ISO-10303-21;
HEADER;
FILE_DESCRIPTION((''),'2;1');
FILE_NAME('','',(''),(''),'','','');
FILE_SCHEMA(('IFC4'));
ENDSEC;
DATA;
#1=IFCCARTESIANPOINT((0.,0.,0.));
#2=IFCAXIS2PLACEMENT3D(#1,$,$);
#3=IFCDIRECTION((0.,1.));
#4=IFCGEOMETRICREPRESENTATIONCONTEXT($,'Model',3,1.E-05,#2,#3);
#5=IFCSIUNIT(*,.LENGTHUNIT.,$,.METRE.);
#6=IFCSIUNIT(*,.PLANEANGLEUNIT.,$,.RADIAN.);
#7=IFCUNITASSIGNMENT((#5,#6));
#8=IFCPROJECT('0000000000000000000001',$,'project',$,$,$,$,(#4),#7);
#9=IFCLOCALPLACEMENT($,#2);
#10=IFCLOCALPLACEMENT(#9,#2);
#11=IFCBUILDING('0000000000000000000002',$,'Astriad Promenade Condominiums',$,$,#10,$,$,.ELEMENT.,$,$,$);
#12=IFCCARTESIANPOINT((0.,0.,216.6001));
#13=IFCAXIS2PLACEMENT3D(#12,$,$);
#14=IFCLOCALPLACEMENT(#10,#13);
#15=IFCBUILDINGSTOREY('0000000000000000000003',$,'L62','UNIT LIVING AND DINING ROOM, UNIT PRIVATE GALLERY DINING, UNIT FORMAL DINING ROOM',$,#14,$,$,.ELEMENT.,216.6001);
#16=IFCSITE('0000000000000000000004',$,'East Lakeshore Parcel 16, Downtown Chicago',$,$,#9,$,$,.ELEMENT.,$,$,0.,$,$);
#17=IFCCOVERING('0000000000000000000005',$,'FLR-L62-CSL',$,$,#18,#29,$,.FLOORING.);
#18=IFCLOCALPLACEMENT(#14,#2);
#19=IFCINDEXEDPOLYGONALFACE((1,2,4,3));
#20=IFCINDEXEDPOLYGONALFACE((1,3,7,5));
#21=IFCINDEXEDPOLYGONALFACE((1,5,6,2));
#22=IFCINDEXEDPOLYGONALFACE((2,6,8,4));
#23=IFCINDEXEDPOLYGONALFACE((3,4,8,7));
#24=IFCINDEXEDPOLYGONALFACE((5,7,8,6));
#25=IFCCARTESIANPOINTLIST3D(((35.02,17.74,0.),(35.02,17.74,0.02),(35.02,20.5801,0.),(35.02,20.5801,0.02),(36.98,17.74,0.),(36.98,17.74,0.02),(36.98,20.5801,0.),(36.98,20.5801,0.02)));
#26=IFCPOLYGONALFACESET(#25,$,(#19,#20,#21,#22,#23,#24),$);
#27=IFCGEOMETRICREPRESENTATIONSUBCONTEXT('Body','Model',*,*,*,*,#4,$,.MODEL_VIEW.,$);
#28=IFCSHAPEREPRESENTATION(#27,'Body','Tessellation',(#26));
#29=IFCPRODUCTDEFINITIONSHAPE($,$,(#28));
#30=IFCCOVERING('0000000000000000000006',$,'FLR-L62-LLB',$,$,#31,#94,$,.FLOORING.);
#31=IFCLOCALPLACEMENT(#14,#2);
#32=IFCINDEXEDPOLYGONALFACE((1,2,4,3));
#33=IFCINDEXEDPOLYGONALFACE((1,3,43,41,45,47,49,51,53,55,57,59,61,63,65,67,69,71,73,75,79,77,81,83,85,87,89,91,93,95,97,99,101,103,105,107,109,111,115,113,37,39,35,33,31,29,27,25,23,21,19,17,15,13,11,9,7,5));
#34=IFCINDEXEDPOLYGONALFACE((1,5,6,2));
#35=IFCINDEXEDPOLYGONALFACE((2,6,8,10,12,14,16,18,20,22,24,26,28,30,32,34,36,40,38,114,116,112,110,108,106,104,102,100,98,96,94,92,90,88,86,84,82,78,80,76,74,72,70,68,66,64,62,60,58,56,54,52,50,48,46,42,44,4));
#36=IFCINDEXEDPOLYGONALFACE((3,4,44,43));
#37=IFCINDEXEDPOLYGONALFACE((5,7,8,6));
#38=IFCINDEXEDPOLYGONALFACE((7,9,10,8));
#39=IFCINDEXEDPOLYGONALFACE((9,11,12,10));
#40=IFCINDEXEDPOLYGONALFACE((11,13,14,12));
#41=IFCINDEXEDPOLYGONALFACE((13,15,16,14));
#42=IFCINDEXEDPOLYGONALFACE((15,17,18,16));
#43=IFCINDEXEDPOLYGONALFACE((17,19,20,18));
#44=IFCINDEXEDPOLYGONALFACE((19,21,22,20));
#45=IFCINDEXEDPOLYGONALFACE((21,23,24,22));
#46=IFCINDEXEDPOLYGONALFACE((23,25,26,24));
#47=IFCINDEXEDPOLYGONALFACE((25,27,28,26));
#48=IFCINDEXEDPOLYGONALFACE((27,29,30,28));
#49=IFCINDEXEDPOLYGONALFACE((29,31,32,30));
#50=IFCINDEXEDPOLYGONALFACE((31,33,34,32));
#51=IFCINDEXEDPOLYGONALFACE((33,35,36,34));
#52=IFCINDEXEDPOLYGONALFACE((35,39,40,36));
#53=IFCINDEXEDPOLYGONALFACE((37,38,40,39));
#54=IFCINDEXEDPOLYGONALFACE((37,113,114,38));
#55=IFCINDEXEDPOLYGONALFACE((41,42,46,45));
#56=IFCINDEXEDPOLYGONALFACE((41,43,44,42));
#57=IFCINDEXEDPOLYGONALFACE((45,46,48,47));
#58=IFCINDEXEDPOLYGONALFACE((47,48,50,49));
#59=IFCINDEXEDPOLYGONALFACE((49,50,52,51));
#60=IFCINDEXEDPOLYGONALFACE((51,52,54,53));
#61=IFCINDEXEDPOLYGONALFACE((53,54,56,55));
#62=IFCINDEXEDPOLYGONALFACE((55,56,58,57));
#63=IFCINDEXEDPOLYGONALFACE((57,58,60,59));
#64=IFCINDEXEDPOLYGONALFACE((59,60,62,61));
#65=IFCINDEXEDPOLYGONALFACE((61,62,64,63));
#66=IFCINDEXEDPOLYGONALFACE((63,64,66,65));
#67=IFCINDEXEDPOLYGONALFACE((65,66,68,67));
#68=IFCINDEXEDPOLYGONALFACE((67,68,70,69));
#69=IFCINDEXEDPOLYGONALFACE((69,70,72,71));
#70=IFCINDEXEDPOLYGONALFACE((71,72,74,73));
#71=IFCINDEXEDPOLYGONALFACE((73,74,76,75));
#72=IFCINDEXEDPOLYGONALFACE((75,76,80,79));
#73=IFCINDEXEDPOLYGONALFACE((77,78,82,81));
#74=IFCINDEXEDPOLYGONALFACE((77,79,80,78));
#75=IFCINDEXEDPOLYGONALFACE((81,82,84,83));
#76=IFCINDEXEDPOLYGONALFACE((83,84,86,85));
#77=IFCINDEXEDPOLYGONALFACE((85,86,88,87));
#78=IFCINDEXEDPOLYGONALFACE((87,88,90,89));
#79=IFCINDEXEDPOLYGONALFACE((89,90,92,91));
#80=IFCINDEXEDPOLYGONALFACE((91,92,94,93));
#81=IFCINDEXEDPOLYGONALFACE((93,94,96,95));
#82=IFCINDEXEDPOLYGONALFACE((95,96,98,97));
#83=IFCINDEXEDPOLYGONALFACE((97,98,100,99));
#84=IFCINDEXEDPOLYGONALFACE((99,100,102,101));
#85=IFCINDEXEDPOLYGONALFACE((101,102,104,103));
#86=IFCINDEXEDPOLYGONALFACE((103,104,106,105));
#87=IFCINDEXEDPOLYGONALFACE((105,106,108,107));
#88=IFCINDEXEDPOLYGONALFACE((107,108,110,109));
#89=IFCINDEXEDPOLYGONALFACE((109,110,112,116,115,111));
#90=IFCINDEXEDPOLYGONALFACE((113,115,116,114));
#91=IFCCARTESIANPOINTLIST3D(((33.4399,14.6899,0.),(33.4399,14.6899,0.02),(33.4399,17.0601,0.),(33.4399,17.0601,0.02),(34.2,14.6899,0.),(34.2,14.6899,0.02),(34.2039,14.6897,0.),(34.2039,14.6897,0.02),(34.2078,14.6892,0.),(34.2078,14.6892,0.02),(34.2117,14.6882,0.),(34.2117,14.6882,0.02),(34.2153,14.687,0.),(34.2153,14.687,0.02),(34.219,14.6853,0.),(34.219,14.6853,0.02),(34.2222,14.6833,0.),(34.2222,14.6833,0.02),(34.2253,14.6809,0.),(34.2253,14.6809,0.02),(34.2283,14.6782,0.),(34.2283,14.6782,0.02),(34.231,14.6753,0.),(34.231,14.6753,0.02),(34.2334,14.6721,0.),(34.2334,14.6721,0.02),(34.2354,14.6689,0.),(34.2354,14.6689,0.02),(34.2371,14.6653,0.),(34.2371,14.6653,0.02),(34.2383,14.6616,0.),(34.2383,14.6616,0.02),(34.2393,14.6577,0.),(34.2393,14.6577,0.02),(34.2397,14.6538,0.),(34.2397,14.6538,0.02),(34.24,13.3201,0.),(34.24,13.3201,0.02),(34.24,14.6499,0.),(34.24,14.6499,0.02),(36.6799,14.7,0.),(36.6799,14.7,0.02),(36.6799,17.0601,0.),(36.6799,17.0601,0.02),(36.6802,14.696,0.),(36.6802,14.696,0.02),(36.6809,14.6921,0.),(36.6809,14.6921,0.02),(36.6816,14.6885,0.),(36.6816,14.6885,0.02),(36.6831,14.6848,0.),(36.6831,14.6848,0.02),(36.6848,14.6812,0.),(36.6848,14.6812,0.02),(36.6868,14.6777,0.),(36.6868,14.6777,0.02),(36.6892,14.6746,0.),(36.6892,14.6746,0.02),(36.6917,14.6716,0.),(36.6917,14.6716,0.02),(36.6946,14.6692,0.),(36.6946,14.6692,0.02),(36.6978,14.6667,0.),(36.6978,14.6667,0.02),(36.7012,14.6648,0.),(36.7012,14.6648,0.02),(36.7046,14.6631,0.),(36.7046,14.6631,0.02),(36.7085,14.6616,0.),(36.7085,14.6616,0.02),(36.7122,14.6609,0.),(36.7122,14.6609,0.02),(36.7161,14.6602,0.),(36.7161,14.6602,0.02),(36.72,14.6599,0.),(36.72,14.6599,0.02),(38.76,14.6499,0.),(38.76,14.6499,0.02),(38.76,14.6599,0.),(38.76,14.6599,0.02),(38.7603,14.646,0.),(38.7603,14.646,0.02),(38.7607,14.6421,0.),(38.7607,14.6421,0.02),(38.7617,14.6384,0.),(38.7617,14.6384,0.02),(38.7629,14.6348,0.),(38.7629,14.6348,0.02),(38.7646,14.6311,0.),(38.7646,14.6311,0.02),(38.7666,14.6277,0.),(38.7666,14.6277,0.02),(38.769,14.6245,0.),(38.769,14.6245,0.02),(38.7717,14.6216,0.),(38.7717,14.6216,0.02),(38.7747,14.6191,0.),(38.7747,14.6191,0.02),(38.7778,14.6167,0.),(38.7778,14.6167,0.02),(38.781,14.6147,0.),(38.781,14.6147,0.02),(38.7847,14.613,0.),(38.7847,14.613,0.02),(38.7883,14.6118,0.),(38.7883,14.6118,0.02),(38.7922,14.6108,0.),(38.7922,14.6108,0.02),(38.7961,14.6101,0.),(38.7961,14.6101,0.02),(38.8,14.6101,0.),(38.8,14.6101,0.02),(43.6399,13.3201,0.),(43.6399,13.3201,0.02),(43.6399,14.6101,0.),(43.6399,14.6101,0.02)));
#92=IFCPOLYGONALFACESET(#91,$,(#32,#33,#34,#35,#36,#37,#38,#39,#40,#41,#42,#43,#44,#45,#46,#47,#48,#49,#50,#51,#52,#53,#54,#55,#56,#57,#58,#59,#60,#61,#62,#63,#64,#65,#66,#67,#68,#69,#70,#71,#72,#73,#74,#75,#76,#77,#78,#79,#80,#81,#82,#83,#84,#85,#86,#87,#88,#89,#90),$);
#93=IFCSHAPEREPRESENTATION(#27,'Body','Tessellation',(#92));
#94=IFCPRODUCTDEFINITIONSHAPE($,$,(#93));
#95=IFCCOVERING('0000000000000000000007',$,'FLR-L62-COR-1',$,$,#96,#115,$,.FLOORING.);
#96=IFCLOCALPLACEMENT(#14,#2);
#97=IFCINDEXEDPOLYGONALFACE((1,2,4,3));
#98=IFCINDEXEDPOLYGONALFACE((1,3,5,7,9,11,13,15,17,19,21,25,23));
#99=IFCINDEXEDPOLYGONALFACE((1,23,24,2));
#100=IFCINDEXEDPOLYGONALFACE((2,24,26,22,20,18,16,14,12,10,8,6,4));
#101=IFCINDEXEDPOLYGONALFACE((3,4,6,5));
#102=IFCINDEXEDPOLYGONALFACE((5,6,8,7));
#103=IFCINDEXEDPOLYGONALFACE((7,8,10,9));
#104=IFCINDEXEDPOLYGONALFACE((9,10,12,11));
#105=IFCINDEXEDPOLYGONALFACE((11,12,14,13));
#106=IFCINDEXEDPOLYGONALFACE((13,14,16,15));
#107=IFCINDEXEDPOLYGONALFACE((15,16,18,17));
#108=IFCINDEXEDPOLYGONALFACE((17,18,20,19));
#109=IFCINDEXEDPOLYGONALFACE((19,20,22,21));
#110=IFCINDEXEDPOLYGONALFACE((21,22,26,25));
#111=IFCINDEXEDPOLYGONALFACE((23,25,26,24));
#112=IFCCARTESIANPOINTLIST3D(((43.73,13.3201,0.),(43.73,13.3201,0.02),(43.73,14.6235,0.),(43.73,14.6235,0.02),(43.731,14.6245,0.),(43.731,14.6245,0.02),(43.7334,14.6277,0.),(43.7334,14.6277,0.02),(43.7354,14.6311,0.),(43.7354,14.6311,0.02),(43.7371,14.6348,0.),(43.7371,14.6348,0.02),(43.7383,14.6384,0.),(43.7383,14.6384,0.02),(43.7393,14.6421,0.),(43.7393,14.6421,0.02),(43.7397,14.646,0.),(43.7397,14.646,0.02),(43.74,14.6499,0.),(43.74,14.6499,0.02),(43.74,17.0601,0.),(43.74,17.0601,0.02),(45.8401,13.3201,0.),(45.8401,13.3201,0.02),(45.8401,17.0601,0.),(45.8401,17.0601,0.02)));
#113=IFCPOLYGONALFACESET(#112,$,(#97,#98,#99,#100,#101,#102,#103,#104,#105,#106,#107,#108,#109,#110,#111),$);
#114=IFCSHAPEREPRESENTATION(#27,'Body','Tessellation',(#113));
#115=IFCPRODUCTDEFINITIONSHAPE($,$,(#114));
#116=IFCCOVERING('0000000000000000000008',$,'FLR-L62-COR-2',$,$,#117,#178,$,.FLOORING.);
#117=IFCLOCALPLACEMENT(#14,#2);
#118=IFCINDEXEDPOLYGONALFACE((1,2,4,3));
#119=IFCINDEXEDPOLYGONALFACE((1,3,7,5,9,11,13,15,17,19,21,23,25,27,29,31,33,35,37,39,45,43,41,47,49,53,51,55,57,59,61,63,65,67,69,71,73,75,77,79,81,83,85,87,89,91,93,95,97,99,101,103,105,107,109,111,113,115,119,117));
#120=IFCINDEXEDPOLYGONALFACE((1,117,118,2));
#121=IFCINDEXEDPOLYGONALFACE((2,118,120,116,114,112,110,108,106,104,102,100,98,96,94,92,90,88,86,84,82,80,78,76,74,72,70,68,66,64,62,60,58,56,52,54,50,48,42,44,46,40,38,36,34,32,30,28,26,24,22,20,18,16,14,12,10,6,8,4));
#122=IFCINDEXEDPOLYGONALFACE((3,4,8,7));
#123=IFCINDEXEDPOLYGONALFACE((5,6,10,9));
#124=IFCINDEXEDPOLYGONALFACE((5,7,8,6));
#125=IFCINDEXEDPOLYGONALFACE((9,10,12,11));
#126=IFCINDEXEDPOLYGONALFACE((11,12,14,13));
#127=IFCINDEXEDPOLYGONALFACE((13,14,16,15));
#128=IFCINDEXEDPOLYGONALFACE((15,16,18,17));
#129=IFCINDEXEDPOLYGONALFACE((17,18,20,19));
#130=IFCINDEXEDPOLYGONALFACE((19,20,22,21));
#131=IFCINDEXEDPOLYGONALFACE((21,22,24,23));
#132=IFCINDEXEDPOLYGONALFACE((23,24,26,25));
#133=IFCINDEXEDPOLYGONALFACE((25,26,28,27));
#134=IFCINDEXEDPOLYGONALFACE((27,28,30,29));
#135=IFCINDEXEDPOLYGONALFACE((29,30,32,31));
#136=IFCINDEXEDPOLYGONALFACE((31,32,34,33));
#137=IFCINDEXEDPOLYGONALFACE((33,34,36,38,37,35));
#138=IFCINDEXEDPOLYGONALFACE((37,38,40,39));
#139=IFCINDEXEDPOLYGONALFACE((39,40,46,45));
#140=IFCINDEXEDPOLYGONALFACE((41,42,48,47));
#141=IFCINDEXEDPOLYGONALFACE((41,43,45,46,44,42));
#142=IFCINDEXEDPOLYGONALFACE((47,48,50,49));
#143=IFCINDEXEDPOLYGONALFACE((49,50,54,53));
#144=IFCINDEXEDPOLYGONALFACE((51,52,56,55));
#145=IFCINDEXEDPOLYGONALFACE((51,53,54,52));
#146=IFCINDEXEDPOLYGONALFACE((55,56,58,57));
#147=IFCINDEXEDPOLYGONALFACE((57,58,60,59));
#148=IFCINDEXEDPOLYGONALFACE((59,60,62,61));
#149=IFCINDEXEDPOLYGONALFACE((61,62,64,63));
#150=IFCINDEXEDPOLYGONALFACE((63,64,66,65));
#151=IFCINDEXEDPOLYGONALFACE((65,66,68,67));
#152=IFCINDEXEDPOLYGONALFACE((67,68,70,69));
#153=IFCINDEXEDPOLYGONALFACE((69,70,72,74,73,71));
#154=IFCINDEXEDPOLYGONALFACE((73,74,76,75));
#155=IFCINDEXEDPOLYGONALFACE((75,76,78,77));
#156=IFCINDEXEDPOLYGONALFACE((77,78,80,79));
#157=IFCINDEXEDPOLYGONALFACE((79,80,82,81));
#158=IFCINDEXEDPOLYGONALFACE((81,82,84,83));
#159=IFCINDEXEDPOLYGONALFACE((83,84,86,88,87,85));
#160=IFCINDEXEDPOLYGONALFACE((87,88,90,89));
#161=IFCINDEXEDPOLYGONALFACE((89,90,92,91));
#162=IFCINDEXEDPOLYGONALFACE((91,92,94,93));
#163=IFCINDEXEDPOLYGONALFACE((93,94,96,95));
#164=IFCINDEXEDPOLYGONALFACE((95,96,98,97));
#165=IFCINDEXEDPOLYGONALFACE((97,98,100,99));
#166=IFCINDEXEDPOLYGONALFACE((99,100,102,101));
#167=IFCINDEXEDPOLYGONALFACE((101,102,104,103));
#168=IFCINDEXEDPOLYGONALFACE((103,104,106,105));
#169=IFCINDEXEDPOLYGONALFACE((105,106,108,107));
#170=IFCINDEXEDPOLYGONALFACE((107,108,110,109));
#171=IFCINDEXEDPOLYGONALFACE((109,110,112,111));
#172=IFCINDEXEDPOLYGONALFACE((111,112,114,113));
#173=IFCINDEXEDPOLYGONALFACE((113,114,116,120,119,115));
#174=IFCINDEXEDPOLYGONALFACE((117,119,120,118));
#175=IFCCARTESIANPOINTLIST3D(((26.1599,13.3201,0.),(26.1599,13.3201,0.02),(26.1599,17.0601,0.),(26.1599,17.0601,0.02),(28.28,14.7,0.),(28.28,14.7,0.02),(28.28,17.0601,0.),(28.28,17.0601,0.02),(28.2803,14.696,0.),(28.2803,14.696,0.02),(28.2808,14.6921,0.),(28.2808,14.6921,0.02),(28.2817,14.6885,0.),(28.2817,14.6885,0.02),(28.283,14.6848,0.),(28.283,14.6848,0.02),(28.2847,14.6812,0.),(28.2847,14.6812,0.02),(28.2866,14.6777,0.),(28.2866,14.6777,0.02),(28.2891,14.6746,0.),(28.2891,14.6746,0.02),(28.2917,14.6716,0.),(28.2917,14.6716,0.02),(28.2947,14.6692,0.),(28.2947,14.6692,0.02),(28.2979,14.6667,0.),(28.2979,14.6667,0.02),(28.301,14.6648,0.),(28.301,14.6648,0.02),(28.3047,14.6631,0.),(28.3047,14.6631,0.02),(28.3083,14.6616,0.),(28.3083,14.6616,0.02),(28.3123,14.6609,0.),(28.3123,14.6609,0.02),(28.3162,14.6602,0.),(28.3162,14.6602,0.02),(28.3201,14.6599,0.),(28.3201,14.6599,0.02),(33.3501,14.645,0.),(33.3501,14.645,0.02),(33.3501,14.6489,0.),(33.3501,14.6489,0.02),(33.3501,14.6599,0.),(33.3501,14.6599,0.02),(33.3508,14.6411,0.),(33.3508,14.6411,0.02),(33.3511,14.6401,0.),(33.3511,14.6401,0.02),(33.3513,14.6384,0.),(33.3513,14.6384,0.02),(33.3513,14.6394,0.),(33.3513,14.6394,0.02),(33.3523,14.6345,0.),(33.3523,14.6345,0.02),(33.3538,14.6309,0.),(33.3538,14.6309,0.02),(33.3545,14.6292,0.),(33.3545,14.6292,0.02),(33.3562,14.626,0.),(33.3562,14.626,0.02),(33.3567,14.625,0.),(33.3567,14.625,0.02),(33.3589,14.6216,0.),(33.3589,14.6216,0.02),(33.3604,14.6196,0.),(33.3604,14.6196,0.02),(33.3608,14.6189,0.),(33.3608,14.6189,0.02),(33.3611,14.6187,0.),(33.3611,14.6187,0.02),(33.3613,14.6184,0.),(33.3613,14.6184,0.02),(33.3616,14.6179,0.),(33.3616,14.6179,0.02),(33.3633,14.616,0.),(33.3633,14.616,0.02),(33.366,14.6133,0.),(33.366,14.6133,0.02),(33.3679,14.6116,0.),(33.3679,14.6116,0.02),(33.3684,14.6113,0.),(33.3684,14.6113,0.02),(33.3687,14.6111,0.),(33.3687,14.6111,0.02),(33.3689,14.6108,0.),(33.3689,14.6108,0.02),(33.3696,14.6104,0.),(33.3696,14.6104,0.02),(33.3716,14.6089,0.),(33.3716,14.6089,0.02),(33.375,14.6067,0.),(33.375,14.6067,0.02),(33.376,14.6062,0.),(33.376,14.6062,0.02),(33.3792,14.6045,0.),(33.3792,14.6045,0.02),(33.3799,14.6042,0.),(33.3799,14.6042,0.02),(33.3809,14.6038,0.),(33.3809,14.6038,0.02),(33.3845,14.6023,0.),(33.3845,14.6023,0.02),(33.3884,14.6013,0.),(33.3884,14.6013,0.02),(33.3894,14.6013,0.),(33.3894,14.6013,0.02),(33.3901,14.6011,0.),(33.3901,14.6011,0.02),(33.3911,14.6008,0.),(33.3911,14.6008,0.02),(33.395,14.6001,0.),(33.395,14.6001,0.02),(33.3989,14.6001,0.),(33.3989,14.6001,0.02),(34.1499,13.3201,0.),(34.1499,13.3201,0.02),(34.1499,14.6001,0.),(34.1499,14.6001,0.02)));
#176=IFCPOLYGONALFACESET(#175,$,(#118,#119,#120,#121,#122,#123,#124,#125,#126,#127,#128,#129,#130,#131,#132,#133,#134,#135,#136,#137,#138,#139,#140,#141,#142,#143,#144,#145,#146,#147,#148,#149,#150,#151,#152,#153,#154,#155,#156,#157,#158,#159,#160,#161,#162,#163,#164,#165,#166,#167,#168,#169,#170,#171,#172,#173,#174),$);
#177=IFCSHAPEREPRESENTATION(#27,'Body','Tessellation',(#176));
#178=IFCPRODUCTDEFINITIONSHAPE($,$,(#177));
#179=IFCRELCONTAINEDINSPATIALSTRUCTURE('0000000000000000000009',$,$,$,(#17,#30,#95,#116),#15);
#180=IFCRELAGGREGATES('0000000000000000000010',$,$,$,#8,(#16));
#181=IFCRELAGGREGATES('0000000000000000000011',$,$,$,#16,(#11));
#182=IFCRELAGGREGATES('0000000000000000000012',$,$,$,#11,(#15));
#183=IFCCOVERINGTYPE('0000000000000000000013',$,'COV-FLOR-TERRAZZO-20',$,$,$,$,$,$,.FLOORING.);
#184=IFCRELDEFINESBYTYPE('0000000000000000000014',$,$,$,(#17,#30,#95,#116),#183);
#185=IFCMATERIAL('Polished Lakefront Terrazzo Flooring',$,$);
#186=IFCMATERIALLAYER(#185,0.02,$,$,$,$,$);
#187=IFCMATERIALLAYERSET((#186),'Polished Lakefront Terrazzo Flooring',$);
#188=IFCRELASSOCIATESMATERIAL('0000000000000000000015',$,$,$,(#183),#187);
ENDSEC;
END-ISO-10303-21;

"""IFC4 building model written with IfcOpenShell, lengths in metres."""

from ifc_helpers import new_model, si_unit, direction, frame, origin, place, context, subcontext, project, spatial, polyline, outline, extrude, material, layer, layer_set, type_object, element, save


model = new_model("IFC4")

# Units and contexts
model_context = context("Model", 3, precision=1e-05, world=origin(), true_north=direction((0.0, 1.0)))
body_context = subcontext(model_context, "Body", "Model", "MODEL_VIEW")
ifc_project = project(units=[si_unit("LENGTHUNIT", "METRE"), si_unit("PLANEANGLEUNIT", "RADIAN")], contexts=[model_context])

# Site, building, storey
site_placement = place(None, origin())
site = spatial("IfcSite", under=ifc_project, at=site_placement, Name="East Lakeshore Parcel 16, Downtown Chicago", CompositionType="ELEMENT", RefElevation=0.0)
building_placement = place(site_placement, origin())
building = spatial("IfcBuilding", under=site, at=building_placement, Name="Astriad Promenade Condominiums", CompositionType="ELEMENT")
storey_placement = place(building_placement, frame((0.0, 0.0, 216.6001)))
storey = spatial("IfcBuildingStorey", under=building, at=storey_placement, Name="L62", Description="UNIT LIVING AND DINING ROOM, UNIT PRIVATE GALLERY DINING, UNIT FORMAL DINING ROOM", CompositionType="ELEMENT", Elevation=216.6001)

# Coverings
ifc_material_1 = material(Name="Polished Lakefront Terrazzo Flooring")
ifc_layer_1 = layer(ifc_material_1, 0.02)
ifc_layer_set_1 = layer_set([ifc_layer_1], Name="Polished Lakefront Terrazzo Flooring")
covering_type = type_object("IfcCoveringType", Name="COV-FLOR-TERRAZZO-20", PredefinedType="FLOORING", material=ifc_layer_set_1)
covering_1_placement = place(storey_placement, origin())
element("IfcCovering", 1, at=covering_1_placement, inside=storey, type_object=covering_type, Name="FLR-L62-CSL", PredefinedType="FLOORING", context=body_context, shape_type="SweptSolid", body=[
    extrude(outline(polyline([(36.98, 17.74), (35.02, 17.74), (35.02, 20.5801), (36.98, 20.5801), (36.98, 17.74)])), origin(), (0.0, 0.0, 1.0), 0.02),
])
covering_2_placement = place(storey_placement, origin())
element("IfcCovering", 2, at=covering_2_placement, inside=storey, type_object=covering_type, Name="FLR-L62-LLB", PredefinedType="FLOORING", context=body_context, shape_type="SweptSolid", body=[
    extrude(outline(polyline([(43.6399, 14.6101), (43.6399, 13.3201), (34.24, 13.3201), (34.24, 14.6499), (34.2397, 14.6538), (34.2393, 14.6577), (34.2383, 14.6616), (34.2371, 14.6653), (34.2354, 14.6689), (34.2334, 14.6721), (34.231, 14.6753), (34.2283, 14.6782), (34.2253, 14.6809), (34.2222, 14.6833), (34.219, 14.6853), (34.2153, 14.687), (34.2117, 14.6882), (34.2078, 14.6892), (34.2039, 14.6897), (34.2, 14.6899), (33.4399, 14.6899), (33.4399, 17.0601), (36.6799, 17.0601), (36.6799, 14.7), (36.6802, 14.696), (36.6809, 14.6921), (36.6816, 14.6885), (36.6831, 14.6848), (36.6848, 14.6812), (36.6868, 14.6777), (36.6892, 14.6746), (36.6917, 14.6716), (36.6946, 14.6692), (36.6978, 14.6667), (36.7012, 14.6648), (36.7046, 14.6631), (36.7085, 14.6616), (36.7122, 14.6609), (36.7161, 14.6602), (36.72, 14.6599), (38.76, 14.6599), (38.76, 14.6499), (38.7603, 14.646), (38.7607, 14.6421), (38.7617, 14.6384), (38.7629, 14.6348), (38.7646, 14.6311), (38.7666, 14.6277), (38.769, 14.6245), (38.7717, 14.6216), (38.7747, 14.6191), (38.7778, 14.6167), (38.781, 14.6147), (38.7847, 14.613), (38.7883, 14.6118), (38.7922, 14.6108), (38.7961, 14.6101), (38.8, 14.6101), (43.6399, 14.6101)])), origin(), (0.0, 0.0, 1.0), 0.02),
])
covering_3_placement = place(storey_placement, origin())
element("IfcCovering", 3, at=covering_3_placement, inside=storey, type_object=covering_type, Name="FLR-L62-COR-1", PredefinedType="FLOORING", context=body_context, shape_type="SweptSolid", body=[
    extrude(outline(polyline([(43.73, 13.3201), (43.73, 14.6235), (43.731, 14.6245), (43.7334, 14.6277), (43.7354, 14.6311), (43.7371, 14.6348), (43.7383, 14.6384), (43.7393, 14.6421), (43.7397, 14.646), (43.74, 14.6499), (43.74, 17.0601), (45.8401, 17.0601), (45.8401, 13.3201), (43.73, 13.3201)])), origin(), (0.0, 0.0, 1.0), 0.02),
])
covering_4_placement = place(storey_placement, origin())
element("IfcCovering", 4, at=covering_4_placement, inside=storey, type_object=covering_type, Name="FLR-L62-COR-2", PredefinedType="FLOORING", context=body_context, shape_type="SweptSolid", body=[
    extrude(outline(polyline([(26.1599, 13.3201), (26.1599, 17.0601), (28.28, 17.0601), (28.28, 14.7), (28.2803, 14.696), (28.2808, 14.6921), (28.2817, 14.6885), (28.283, 14.6848), (28.2847, 14.6812), (28.2866, 14.6777), (28.2891, 14.6746), (28.2917, 14.6716), (28.2947, 14.6692), (28.2979, 14.6667), (28.301, 14.6648), (28.3047, 14.6631), (28.3083, 14.6616), (28.3123, 14.6609), (28.3162, 14.6602), (28.3201, 14.6599), (33.3501, 14.6599), (33.3501, 14.6489), (33.3501, 14.645), (33.3508, 14.6411), (33.3511, 14.6401), (33.3513, 14.6394), (33.3513, 14.6384), (33.3523, 14.6345), (33.3538, 14.6309), (33.3545, 14.6292), (33.3562, 14.626), (33.3567, 14.625), (33.3589, 14.6216), (33.3604, 14.6196), (33.3608, 14.6189), (33.3611, 14.6187), (33.3613, 14.6184), (33.3616, 14.6179), (33.3633, 14.616), (33.366, 14.6133), (33.3679, 14.6116), (33.3684, 14.6113), (33.3687, 14.6111), (33.3689, 14.6108), (33.3696, 14.6104), (33.3716, 14.6089), (33.375, 14.6067), (33.376, 14.6062), (33.3792, 14.6045), (33.3799, 14.6042), (33.3809, 14.6038), (33.3845, 14.6023), (33.3884, 14.6013), (33.3894, 14.6013), (33.3901, 14.6011), (33.3911, 14.6008), (33.395, 14.6001), (33.3989, 14.6001), (34.1499, 14.6001), (34.1499, 13.3201), (26.1599, 13.3201)])), origin(), (0.0, 0.0, 1.0), 0.02),
])

save(model, "model.ifc")
